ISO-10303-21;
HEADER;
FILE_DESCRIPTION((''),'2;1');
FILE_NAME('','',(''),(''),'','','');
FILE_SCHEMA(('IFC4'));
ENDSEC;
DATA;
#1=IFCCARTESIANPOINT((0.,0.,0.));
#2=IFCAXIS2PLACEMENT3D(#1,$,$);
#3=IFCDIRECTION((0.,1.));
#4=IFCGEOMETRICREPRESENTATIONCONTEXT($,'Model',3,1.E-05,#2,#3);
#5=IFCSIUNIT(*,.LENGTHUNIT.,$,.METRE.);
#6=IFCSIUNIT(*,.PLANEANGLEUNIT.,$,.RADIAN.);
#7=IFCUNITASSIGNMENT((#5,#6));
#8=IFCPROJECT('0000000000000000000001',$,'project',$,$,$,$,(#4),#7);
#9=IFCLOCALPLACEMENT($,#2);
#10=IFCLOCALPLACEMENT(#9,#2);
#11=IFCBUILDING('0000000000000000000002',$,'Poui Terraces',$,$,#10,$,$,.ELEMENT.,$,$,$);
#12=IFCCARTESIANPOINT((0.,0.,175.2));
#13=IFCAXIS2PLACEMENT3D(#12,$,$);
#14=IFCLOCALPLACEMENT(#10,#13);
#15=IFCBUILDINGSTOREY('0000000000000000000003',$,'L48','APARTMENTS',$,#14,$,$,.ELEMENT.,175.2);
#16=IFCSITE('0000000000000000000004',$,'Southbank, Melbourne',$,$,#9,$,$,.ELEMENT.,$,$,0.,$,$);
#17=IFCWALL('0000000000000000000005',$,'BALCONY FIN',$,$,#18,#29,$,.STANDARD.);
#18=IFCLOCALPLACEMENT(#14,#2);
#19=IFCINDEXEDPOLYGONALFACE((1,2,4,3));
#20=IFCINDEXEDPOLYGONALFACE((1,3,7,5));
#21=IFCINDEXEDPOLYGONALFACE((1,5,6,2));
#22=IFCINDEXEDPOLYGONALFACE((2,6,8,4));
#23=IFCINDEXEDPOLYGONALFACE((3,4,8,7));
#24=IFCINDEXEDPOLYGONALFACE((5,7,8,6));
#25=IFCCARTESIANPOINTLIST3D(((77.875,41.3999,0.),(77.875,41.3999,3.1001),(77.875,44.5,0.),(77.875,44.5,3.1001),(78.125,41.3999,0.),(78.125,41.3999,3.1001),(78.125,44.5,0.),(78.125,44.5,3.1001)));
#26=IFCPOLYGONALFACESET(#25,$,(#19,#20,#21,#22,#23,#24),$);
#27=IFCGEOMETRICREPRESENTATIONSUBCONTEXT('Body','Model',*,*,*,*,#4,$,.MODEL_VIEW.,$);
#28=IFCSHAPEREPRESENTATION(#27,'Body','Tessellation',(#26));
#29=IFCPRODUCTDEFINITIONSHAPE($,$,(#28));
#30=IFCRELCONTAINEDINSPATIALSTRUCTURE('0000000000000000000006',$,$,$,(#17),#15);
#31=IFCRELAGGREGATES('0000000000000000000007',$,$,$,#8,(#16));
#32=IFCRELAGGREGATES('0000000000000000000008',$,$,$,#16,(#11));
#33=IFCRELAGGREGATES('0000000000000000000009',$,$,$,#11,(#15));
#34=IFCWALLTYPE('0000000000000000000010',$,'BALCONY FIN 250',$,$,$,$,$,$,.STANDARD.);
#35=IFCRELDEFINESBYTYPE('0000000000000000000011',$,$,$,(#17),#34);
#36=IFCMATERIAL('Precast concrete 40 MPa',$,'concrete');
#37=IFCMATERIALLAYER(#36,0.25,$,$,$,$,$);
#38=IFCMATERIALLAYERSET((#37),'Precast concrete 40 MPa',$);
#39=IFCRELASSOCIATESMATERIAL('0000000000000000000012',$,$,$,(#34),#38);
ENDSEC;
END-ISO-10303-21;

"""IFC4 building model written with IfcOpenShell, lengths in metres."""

from ifc_helpers import new_model, si_unit, direction, frame, origin, place, context, subcontext, project, spatial, polyline, outline, extrude, source, transform, mapped, material, layer, layer_set, type_object, element, save


model = new_model("IFC4")

# Units and contexts
model_context = context("Model", 3, precision=1e-05, world=origin(), true_north=direction((0.0, 1.0)))
body_context = subcontext(model_context, "Body", "Model", "MODEL_VIEW")
ifc_project = project(units=[si_unit("LENGTHUNIT", "METRE"), si_unit("PLANEANGLEUNIT", "RADIAN")], contexts=[model_context])

# Site, building, storey
site_placement = place(None, origin())
site = spatial("IfcSite", under=ifc_project, at=site_placement, Name="Southbank, Melbourne", CompositionType="ELEMENT", RefElevation=0.0)
building_placement = place(site_placement, origin())
building = spatial("IfcBuilding", under=site, at=building_placement, Name="Poui Terraces", CompositionType="ELEMENT")
storey_placement = place(building_placement, frame((0.0, 0.0, 175.2)))
storey = spatial("IfcBuildingStorey", under=building, at=storey_placement, Name="L48", Description="APARTMENTS", CompositionType="ELEMENT", Elevation=175.2)

# Wall
ifc_material_1 = material(Name="Precast concrete 40 MPa", Category="concrete")
ifc_layer = layer(ifc_material_1, 0.25)
ifc_layer_set = layer_set([ifc_layer], Name="Precast concrete 40 MPa")
wall_type = type_object("IfcWallType", Name="BALCONY FIN 250", PredefinedType="STANDARD", material=ifc_layer_set)
shared_shape_1 = source(origin(), body_context, "Body", "SweptSolid", [
    extrude(outline(polyline([(0.0, 0.0), (0.25, 0.0), (0.25, 3.1001), (0.0, 3.1001), (0.0, 0.0)])), origin(), (0.0, 0.0, 1.0), 3.1001),
])
wall_placement = place(storey_placement, frame((77.875, 41.3999, 0.0)))
element("IfcWall", 1, at=wall_placement, inside=storey, type_object=wall_type, Name="BALCONY FIN", PredefinedType="STANDARD", context=body_context, shape_type="MappedRepresentation", body=[
    mapped(shared_shape_1, transform((0.0, 0.0, 0.0))),
])

save(model, "model.ifc")
